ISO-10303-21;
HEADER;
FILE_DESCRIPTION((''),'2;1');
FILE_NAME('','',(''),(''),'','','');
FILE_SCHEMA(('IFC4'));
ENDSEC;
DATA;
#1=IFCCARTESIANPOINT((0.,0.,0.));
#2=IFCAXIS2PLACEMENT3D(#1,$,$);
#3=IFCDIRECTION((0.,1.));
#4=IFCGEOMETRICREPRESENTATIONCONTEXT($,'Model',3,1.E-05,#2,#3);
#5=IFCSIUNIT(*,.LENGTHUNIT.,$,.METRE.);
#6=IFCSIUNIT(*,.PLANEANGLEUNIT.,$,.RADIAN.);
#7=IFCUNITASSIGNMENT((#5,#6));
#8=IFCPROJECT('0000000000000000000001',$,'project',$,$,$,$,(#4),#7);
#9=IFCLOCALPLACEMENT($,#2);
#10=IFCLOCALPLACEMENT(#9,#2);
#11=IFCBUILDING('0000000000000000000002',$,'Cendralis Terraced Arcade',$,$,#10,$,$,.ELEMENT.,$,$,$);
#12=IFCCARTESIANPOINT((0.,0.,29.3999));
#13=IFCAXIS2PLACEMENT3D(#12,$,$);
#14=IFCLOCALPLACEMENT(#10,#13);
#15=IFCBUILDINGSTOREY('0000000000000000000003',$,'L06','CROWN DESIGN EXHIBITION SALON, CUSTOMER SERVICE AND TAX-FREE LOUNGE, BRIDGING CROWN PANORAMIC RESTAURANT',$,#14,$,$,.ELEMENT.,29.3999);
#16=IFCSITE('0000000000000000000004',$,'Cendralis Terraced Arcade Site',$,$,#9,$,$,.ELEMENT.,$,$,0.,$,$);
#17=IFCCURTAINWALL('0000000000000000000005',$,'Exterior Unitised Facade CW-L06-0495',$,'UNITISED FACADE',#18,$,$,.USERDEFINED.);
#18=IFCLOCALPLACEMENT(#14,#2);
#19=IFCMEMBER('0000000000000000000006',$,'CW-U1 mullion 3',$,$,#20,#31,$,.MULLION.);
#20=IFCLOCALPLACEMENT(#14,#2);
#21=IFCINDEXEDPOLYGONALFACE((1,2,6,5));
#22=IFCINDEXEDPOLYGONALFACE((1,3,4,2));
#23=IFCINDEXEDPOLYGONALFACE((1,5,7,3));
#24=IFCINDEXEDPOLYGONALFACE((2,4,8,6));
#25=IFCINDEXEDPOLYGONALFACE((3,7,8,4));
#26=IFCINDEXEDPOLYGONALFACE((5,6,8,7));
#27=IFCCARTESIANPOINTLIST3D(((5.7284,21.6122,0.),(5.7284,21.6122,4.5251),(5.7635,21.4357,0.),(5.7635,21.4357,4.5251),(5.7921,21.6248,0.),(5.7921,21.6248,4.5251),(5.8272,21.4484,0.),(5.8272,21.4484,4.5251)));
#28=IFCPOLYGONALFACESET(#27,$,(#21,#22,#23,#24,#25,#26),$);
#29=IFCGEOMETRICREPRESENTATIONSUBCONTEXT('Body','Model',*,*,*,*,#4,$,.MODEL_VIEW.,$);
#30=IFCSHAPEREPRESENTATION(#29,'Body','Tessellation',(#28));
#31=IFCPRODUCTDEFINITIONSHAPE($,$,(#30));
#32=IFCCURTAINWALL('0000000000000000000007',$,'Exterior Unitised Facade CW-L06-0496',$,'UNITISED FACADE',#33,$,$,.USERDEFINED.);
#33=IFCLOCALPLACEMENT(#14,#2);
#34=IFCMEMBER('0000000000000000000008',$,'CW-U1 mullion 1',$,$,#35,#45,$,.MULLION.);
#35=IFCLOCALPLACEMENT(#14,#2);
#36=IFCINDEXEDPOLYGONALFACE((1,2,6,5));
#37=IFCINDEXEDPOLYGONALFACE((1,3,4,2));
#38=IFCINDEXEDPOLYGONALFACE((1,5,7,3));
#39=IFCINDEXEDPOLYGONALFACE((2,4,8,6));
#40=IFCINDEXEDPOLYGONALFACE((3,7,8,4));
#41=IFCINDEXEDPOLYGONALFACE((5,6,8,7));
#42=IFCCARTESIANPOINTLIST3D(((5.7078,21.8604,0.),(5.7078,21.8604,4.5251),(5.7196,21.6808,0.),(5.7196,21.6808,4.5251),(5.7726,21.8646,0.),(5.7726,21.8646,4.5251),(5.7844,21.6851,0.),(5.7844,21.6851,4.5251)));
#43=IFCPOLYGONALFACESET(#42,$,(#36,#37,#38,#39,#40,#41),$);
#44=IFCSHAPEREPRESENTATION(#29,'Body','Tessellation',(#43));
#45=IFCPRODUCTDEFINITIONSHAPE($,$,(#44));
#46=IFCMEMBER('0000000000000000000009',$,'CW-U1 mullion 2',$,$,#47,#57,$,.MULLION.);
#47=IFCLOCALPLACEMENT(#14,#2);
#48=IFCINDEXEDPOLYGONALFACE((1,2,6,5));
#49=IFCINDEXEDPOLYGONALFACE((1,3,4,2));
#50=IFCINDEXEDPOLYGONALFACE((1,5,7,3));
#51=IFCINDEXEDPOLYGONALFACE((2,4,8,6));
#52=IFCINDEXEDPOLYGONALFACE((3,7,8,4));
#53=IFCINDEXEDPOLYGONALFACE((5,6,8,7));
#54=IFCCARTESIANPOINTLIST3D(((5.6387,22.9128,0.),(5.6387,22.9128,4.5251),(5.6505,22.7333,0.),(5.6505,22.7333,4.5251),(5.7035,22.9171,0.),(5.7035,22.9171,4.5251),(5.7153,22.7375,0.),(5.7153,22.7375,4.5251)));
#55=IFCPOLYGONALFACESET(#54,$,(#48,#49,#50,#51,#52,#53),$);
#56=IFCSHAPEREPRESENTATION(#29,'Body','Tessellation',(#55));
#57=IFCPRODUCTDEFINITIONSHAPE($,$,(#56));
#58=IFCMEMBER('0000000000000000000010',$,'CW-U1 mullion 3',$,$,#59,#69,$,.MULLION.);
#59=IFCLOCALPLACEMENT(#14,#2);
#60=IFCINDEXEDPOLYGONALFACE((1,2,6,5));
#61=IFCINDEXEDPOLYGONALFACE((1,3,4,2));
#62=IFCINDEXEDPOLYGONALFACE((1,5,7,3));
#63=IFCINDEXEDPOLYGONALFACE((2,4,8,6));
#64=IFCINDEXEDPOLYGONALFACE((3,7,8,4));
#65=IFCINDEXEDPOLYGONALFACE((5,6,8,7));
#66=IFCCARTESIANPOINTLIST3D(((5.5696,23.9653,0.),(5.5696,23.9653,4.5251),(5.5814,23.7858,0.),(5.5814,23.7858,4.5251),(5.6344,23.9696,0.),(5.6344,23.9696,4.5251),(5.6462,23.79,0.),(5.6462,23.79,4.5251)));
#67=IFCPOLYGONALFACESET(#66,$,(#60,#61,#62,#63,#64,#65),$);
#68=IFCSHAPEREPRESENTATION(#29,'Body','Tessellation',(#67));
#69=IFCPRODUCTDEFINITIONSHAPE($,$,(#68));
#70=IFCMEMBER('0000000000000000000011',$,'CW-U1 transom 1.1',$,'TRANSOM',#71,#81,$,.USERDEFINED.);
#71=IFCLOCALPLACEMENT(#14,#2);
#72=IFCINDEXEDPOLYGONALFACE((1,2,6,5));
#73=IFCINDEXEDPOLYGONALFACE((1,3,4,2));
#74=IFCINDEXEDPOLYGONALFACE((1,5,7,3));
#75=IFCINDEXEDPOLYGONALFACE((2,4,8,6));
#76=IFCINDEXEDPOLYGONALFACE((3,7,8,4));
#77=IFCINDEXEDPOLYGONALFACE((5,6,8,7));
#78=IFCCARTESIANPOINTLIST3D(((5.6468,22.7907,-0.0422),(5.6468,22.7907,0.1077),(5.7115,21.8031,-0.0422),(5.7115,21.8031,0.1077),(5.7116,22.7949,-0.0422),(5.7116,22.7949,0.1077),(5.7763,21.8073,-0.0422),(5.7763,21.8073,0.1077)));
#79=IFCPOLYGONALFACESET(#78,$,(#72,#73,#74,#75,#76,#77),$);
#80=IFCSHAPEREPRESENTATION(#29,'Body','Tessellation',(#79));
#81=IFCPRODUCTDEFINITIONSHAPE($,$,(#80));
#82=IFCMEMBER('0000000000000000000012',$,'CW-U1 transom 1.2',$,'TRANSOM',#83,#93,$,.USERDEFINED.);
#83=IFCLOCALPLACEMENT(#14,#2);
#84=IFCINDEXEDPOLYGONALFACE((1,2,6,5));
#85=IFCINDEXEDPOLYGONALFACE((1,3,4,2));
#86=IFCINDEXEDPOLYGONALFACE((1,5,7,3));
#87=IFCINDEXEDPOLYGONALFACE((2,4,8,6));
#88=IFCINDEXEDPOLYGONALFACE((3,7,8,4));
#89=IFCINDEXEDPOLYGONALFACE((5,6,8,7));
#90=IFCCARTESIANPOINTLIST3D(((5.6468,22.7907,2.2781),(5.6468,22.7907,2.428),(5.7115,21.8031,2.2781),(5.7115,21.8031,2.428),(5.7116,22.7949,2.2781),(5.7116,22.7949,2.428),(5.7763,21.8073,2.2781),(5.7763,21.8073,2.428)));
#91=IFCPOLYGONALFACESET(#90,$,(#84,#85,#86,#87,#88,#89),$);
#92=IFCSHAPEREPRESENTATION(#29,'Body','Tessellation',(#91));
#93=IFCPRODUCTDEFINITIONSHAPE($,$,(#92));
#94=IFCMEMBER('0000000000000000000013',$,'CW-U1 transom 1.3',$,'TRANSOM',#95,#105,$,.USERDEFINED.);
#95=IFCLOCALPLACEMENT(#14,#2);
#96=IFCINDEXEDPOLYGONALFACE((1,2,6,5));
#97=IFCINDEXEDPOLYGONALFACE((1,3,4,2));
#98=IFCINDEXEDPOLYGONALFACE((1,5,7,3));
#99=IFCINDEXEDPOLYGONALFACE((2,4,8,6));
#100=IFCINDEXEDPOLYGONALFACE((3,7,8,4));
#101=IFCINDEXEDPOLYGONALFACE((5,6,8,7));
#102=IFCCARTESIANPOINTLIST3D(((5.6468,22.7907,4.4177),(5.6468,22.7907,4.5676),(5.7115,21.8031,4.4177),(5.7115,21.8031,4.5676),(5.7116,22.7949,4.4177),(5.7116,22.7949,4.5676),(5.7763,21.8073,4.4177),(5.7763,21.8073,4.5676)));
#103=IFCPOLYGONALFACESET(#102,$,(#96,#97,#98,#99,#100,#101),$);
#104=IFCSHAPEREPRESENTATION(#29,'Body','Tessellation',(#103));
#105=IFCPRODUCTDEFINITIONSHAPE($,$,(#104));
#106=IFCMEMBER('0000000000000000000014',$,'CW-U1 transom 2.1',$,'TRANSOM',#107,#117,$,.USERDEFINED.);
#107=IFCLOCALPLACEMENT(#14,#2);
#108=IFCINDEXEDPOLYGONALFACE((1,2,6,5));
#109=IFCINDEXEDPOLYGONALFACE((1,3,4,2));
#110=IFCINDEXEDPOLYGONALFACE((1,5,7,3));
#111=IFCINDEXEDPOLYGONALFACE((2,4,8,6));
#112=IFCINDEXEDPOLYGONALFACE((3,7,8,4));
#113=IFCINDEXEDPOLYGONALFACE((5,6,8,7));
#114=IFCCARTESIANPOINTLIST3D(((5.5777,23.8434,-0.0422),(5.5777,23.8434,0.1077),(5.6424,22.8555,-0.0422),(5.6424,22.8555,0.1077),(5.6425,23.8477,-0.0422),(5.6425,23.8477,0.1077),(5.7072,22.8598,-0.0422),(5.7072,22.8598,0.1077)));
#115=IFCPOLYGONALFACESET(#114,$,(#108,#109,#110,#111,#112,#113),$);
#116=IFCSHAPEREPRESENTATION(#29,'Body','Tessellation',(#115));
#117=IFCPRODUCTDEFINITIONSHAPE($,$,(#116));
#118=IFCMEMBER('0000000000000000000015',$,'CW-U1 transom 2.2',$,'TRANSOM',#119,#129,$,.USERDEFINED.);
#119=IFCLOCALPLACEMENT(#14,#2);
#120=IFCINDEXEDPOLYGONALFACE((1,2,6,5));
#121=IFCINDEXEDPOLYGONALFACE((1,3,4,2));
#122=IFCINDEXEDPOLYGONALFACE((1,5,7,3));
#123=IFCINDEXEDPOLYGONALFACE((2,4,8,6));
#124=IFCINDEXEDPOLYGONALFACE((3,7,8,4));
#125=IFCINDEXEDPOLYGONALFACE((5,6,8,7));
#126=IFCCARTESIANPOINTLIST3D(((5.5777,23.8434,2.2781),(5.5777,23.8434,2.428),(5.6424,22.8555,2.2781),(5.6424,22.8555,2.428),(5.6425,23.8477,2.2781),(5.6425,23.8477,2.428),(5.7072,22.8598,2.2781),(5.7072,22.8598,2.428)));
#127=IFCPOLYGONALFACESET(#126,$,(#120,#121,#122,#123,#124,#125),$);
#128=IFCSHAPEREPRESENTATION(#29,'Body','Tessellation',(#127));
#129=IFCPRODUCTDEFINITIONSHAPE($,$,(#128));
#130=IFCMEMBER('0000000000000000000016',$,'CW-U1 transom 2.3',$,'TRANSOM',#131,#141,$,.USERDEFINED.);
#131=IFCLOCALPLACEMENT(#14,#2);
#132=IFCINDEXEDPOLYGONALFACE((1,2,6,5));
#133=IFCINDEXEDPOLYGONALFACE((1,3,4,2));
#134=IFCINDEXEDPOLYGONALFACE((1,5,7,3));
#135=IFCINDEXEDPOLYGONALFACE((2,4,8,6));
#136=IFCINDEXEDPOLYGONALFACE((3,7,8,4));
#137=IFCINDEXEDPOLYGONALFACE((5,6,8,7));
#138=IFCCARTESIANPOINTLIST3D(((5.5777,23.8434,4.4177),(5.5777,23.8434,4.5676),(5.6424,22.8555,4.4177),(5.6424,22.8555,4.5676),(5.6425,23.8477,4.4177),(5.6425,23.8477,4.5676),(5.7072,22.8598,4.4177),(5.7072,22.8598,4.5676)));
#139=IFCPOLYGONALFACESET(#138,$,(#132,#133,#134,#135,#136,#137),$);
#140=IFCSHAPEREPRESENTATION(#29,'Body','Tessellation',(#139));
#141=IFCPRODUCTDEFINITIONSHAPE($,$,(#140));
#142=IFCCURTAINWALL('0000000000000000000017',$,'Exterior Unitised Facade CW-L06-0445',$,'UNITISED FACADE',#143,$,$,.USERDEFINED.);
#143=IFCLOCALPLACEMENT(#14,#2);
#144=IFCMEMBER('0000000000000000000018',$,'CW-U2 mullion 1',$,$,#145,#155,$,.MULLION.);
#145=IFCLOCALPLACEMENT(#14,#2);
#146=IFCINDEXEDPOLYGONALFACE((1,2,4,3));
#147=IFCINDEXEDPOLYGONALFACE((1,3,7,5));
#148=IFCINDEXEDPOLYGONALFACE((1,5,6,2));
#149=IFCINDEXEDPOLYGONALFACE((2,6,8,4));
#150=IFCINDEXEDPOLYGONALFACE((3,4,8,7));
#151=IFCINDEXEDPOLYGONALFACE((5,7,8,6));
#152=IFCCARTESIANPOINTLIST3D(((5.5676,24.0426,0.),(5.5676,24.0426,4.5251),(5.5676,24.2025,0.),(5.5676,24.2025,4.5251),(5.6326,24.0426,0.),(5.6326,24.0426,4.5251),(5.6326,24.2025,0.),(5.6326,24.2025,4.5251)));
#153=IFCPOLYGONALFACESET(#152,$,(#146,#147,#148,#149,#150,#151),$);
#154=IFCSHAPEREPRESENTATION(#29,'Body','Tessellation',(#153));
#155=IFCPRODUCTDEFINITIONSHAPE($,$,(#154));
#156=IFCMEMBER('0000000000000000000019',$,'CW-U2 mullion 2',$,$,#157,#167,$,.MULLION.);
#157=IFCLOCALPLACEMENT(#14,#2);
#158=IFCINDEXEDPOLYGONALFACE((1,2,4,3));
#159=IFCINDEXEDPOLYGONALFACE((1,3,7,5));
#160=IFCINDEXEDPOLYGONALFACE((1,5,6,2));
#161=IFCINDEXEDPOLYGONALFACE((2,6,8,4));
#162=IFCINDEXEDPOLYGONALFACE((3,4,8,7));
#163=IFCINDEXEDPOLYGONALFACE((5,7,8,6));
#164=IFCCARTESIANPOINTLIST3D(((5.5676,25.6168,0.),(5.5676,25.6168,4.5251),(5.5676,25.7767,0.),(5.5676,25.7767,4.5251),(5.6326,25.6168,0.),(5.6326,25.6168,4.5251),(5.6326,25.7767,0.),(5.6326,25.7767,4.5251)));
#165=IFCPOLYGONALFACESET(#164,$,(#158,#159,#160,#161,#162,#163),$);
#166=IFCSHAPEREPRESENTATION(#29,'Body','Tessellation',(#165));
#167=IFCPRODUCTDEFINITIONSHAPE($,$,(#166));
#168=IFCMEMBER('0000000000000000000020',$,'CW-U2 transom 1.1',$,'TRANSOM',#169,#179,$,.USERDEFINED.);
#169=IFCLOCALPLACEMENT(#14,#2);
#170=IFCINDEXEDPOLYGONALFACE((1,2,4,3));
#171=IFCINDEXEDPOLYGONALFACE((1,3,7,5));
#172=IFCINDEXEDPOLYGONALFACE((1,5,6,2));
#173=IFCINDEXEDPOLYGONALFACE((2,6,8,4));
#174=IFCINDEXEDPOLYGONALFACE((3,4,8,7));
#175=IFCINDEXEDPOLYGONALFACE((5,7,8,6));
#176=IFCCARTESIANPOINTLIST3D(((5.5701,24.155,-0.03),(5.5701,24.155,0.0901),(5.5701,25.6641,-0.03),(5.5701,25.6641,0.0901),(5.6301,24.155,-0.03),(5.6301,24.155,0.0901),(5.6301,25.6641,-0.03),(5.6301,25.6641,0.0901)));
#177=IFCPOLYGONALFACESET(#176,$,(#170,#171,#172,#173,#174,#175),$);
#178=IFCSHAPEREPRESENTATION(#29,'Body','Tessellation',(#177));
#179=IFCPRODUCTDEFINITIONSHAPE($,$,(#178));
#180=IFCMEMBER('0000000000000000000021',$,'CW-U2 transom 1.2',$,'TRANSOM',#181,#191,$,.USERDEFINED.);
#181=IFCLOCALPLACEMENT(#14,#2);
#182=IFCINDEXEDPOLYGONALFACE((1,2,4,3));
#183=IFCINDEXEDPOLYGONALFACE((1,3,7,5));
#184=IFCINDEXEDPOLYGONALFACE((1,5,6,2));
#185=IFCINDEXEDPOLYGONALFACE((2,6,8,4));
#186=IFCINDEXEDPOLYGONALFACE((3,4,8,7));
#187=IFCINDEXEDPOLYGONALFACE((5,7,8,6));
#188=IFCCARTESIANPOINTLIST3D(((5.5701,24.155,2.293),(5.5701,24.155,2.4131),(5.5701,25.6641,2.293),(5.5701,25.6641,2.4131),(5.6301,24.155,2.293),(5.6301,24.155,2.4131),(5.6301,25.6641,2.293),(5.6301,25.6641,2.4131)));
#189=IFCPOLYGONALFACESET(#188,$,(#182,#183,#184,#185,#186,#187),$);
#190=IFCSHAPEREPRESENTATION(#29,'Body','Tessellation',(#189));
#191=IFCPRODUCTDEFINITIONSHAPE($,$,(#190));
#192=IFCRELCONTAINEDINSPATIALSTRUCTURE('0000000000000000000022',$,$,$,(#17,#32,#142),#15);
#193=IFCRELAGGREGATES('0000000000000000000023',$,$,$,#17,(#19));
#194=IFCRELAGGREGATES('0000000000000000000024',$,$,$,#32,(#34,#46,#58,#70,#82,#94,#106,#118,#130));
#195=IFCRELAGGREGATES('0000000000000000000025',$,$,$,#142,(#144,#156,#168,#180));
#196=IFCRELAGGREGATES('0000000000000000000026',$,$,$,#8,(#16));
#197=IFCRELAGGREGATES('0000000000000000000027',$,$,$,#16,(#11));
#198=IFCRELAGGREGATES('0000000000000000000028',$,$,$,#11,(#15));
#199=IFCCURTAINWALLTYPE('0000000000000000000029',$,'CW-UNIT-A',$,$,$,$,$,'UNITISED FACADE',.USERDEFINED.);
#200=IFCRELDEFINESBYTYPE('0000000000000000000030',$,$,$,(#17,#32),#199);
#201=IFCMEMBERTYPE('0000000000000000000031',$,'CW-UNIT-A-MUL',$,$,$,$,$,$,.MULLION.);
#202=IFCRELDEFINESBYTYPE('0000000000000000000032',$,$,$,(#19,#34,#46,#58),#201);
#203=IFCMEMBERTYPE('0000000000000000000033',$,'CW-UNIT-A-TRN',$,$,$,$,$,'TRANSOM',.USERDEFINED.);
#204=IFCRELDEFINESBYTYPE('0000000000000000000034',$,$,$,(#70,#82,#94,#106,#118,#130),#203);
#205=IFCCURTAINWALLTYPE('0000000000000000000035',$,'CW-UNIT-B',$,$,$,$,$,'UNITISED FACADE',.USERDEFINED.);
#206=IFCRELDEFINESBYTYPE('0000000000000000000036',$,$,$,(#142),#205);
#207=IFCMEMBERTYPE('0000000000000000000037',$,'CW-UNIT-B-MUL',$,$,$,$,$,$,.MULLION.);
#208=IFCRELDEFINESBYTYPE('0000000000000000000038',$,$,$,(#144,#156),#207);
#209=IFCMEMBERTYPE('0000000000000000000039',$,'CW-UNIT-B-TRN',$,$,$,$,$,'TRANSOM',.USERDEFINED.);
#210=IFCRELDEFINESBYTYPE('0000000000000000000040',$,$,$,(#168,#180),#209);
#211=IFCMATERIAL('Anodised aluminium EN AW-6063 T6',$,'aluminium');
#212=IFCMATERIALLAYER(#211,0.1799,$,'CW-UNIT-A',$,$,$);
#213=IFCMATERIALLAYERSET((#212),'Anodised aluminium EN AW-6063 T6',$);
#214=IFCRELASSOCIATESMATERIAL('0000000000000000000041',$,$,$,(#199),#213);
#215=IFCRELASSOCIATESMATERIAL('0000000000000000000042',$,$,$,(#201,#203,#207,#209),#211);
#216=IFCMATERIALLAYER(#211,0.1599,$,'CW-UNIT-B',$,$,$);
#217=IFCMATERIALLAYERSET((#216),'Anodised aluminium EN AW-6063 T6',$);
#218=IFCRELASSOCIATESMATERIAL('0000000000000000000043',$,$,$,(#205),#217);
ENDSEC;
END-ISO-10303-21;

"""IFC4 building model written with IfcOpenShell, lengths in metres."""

from ifc_helpers import new_model, si_unit, direction, frame, origin, origin_2d, place, context, subcontext, project, spatial, rectangle, extrude, material, layer, layer_set, material_profile, profile_set, type_object, element, aggregate, save


model = new_model("IFC4")

# Units and contexts
model_context = context("Model", 3, precision=1e-05, world=origin(), true_north=direction((0.0, 1.0)))
body_context = subcontext(model_context, "Body", "Model", "MODEL_VIEW")
ifc_project = project(units=[si_unit("LENGTHUNIT", "METRE"), si_unit("PLANEANGLEUNIT", "RADIAN")], contexts=[model_context])

# Site, building, storey
site_placement = place(None, origin())
site = spatial("IfcSite", under=ifc_project, at=site_placement, Name="Cendralis Terraced Arcade Site", CompositionType="ELEMENT", RefElevation=0.0)
building_placement = place(site_placement, origin())
building = spatial("IfcBuilding", under=site, at=building_placement, Name="Cendralis Terraced Arcade", CompositionType="ELEMENT")
storey_placement = place(building_placement, frame((0.0, 0.0, 29.3999)))
storey = spatial("IfcBuildingStorey", under=building, at=storey_placement, Name="L06", Description="CROWN DESIGN EXHIBITION SALON, CUSTOMER SERVICE AND TAX-FREE LOUNGE, BRIDGING CROWN PANORAMIC RESTAURANT", CompositionType="ELEMENT", Elevation=29.3999)

# Curtain wall, member
ifc_material_1 = material(Name="Anodised aluminium EN AW-6063 T6", Category="aluminium")
ifc_layer_1 = layer(ifc_material_1, 0.1799, Name="CW-UNIT-A")
ifc_layer_set_1 = layer_set([ifc_layer_1], Name="Anodised aluminium EN AW-6063 T6")
curtain_wall_type_1 = type_object("IfcCurtainWallType", Name="CW-UNIT-A", ElementType="UNITISED FACADE", PredefinedType="USERDEFINED", material=ifc_layer_set_1)
curtain_wall_1_placement = place(storey_placement, origin())
curtain_wall_1 = element("IfcCurtainWall", 1, at=curtain_wall_1_placement, inside=storey, type_object=curtain_wall_type_1, Name="Exterior Unitised Facade CW-L06-0495", ObjectType="UNITISED FACADE", PredefinedType="USERDEFINED")
ifc_material_profile_1 = material_profile(ifc_material_1, rectangle(XDim=0.0649, YDim=0.1799, at=origin_2d()), Name="ALU-MUL-65x180")
ifc_profile_set_1 = profile_set([ifc_material_profile_1], Name="Anodised aluminium EN AW-6063 T6")
member_type_1 = type_object("IfcMemberType", Name="CW-UNIT-A-MUL", PredefinedType="MULLION", material=ifc_profile_set_1)
member_1_placement = place(storey_placement, frame((5.7778, 21.5303, 0.0), z_axis=(0.0, 0.0, 1.0), x_axis=(-0.980794, -0.195046, 0.0)))
member_1 = element("IfcMember", 2, at=member_1_placement, type_object=member_type_1, Name="CW-U1 mullion 3", PredefinedType="MULLION", context=body_context, shape_type="SweptSolid", body=[
    extrude(rectangle(XDim=0.0649, YDim=0.1799, at=origin_2d()), origin(), (0.0, 0.0, 1.0), 4.5251),
])

# Curtain walls, members
curtain_wall_2_placement = place(storey_placement, origin())
curtain_wall_2 = element("IfcCurtainWall", 3, at=curtain_wall_2_placement, inside=storey, type_object=curtain_wall_type_1, Name="Exterior Unitised Facade CW-L06-0496", ObjectType="UNITISED FACADE", PredefinedType="USERDEFINED")
member_2_placement = place(storey_placement, frame((5.7461, 21.7727, 0.0), z_axis=(0.0, 0.0, 1.0), x_axis=(-0.99786, -0.065393, 0.0)))
member_2 = element("IfcMember", 4, at=member_2_placement, type_object=member_type_1, Name="CW-U1 mullion 1", PredefinedType="MULLION", context=body_context, shape_type="SweptSolid", body=[
    extrude(rectangle(XDim=0.0649, YDim=0.1799, at=origin_2d()), origin(), (0.0, 0.0, 1.0), 4.5251),
])
member_3_placement = place(storey_placement, frame((5.677, 22.8252, 0.0), z_axis=(0.0, 0.0, 1.0), x_axis=(-0.99786, -0.065393, 0.0)))
member_3 = element("IfcMember", 5, at=member_3_placement, type_object=member_type_1, Name="CW-U1 mullion 2", PredefinedType="MULLION", context=body_context, shape_type="SweptSolid", body=[
    extrude(rectangle(XDim=0.0649, YDim=0.1799, at=origin_2d()), origin(), (0.0, 0.0, 1.0), 4.5251),
])
member_4_placement = place(storey_placement, frame((5.6079, 23.8777, 0.0), z_axis=(0.0, 0.0, 1.0), x_axis=(-0.99786, -0.065393, 0.0)))
member_4 = element("IfcMember", 6, at=member_4_placement, type_object=member_type_1, Name="CW-U1 mullion 3", PredefinedType="MULLION", context=body_context, shape_type="SweptSolid", body=[
    extrude(rectangle(XDim=0.0649, YDim=0.1799, at=origin_2d()), origin(), (0.0, 0.0, 1.0), 4.5251),
])
ifc_material_profile_2 = material_profile(ifc_material_1, rectangle(XDim=0.0649, YDim=0.1499, at=origin_2d()), Name="ALU-TRN-65x150")
ifc_profile_set_2 = profile_set([ifc_material_profile_2], Name="Anodised aluminium EN AW-6063 T6")
member_type_2 = type_object("IfcMemberType", Name="CW-UNIT-A-TRN", ElementType="TRANSOM", PredefinedType="USERDEFINED", material=ifc_profile_set_2)
member_5_placement = place(storey_placement, frame((5.7439, 21.8052, 0.0327), z_axis=(-0.065373, 0.997861, 0.0), x_axis=(-0.997861, -0.065373, 0.0)))
member_5 = element("IfcMember", 7, at=member_5_placement, type_object=member_type_2, Name="CW-U1 transom 1.1", ObjectType="TRANSOM", PredefinedType="USERDEFINED", context=body_context, shape_type="SweptSolid", body=[
    extrude(rectangle(XDim=0.0649, YDim=0.1499, at=origin_2d()), origin(), (0.0, 0.0, 1.0), 0.9897),
])
member_6_placement = place(storey_placement, frame((5.7439, 21.8052, 2.353), z_axis=(-0.065373, 0.997861, 0.0), x_axis=(-0.997861, -0.065373, 0.0)))
member_6 = element("IfcMember", 8, at=member_6_placement, type_object=member_type_2, Name="CW-U1 transom 1.2", ObjectType="TRANSOM", PredefinedType="USERDEFINED", context=body_context, shape_type="SweptSolid", body=[
    extrude(rectangle(XDim=0.0649, YDim=0.1499, at=origin_2d()), origin(), (0.0, 0.0, 1.0), 0.9897),
])
member_7_placement = place(storey_placement, frame((5.7439, 21.8052, 4.4927), z_axis=(-0.065373, 0.997861, 0.0), x_axis=(-0.997861, -0.065373, 0.0)))
member_7 = element("IfcMember", 9, at=member_7_placement, type_object=member_type_2, Name="CW-U1 transom 1.3", ObjectType="TRANSOM", PredefinedType="USERDEFINED", context=body_context, shape_type="SweptSolid", body=[
    extrude(rectangle(XDim=0.0649, YDim=0.1499, at=origin_2d()), origin(), (0.0, 0.0, 1.0), 0.9897),
])
member_8_placement = place(storey_placement, frame((5.6748, 22.8577, 0.0327), z_axis=(-0.065357, 0.997862, 0.0), x_axis=(-0.997862, -0.065357, 0.0)))
member_8 = element("IfcMember", 10, at=member_8_placement, type_object=member_type_2, Name="CW-U1 transom 2.1", ObjectType="TRANSOM", PredefinedType="USERDEFINED", context=body_context, shape_type="SweptSolid", body=[
    extrude(rectangle(XDim=0.0649, YDim=0.1499, at=origin_2d()), origin(), (0.0, 0.0, 1.0), 0.99),
])
member_9_placement = place(storey_placement, frame((5.6748, 22.8577, 2.353), z_axis=(-0.065357, 0.997862, 0.0), x_axis=(-0.997862, -0.065357, 0.0)))
member_9 = element("IfcMember", 11, at=member_9_placement, type_object=member_type_2, Name="CW-U1 transom 2.2", ObjectType="TRANSOM", PredefinedType="USERDEFINED", context=body_context, shape_type="SweptSolid", body=[
    extrude(rectangle(XDim=0.0649, YDim=0.1499, at=origin_2d()), origin(), (0.0, 0.0, 1.0), 0.99),
])
member_10_placement = place(storey_placement, frame((5.6748, 22.8577, 4.4927), z_axis=(-0.065357, 0.997862, 0.0), x_axis=(-0.997862, -0.065357, 0.0)))
member_10 = element("IfcMember", 12, at=member_10_placement, type_object=member_type_2, Name="CW-U1 transom 2.3", ObjectType="TRANSOM", PredefinedType="USERDEFINED", context=body_context, shape_type="SweptSolid", body=[
    extrude(rectangle(XDim=0.0649, YDim=0.1499, at=origin_2d()), origin(), (0.0, 0.0, 1.0), 0.99),
])
ifc_layer_2 = layer(ifc_material_1, 0.1599, Name="CW-UNIT-B")
ifc_layer_set_2 = layer_set([ifc_layer_2], Name="Anodised aluminium EN AW-6063 T6")
curtain_wall_type_2 = type_object("IfcCurtainWallType", Name="CW-UNIT-B", ElementType="UNITISED FACADE", PredefinedType="USERDEFINED", material=ifc_layer_set_2)
curtain_wall_3_placement = place(storey_placement, origin())
curtain_wall_3 = element("IfcCurtainWall", 13, at=curtain_wall_3_placement, inside=storey, type_object=curtain_wall_type_2, Name="Exterior Unitised Facade CW-L06-0445", ObjectType="UNITISED FACADE", PredefinedType="USERDEFINED")
ifc_material_profile_3 = material_profile(ifc_material_1, rectangle(XDim=0.0649, YDim=0.1599, at=origin_2d()), Name="ALU-MUL-65x160")
ifc_profile_set_3 = profile_set([ifc_material_profile_3], Name="Anodised aluminium EN AW-6063 T6")
member_type_3 = type_object("IfcMemberType", Name="CW-UNIT-B-MUL", PredefinedType="MULLION", material=ifc_profile_set_3)
member_11_placement = place(storey_placement, frame((5.6001, 24.1226, 0.0), z_axis=(0.0, 0.0, 1.0), x_axis=(-1.0, 0.0, 0.0)))
member_11 = element("IfcMember", 14, at=member_11_placement, type_object=member_type_3, Name="CW-U2 mullion 1", PredefinedType="MULLION", context=body_context, shape_type="SweptSolid", body=[
    extrude(rectangle(XDim=0.0649, YDim=0.1599, at=origin_2d()), origin(), (0.0, 0.0, 1.0), 4.5251),
])
member_12_placement = place(storey_placement, frame((5.6001, 25.6968, 0.0), z_axis=(0.0, 0.0, 1.0), x_axis=(-1.0, 0.0, 0.0)))
member_12 = element("IfcMember", 15, at=member_12_placement, type_object=member_type_3, Name="CW-U2 mullion 2", PredefinedType="MULLION", context=body_context, shape_type="SweptSolid", body=[
    extrude(rectangle(XDim=0.0649, YDim=0.1599, at=origin_2d()), origin(), (0.0, 0.0, 1.0), 4.5251),
])
ifc_material_profile_4 = material_profile(ifc_material_1, rectangle(XDim=0.0601, YDim=0.1201, at=origin_2d()), Name="ALU-TRN-60x120")
ifc_profile_set_4 = profile_set([ifc_material_profile_4], Name="Anodised aluminium EN AW-6063 T6")
member_type_4 = type_object("IfcMemberType", Name="CW-UNIT-B-TRN", ElementType="TRANSOM", PredefinedType="USERDEFINED", material=ifc_profile_set_4)
member_13_placement = place(storey_placement, frame((5.6001, 24.155, 0.03), z_axis=(0.0, 1.0, 0.0), x_axis=(-1.0, 0.0, 0.0)))
member_13 = element("IfcMember", 16, at=member_13_placement, type_object=member_type_4, Name="CW-U2 transom 1.1", ObjectType="TRANSOM", PredefinedType="USERDEFINED", context=body_context, shape_type="SweptSolid", body=[
    extrude(rectangle(XDim=0.0601, YDim=0.1201, at=origin_2d()), origin(), (0.0, 0.0, 1.0), 1.509),
])
member_14_placement = place(storey_placement, frame((5.6001, 24.155, 2.353), z_axis=(0.0, 1.0, 0.0), x_axis=(-1.0, 0.0, 0.0)))
member_14 = element("IfcMember", 17, at=member_14_placement, type_object=member_type_4, Name="CW-U2 transom 1.2", ObjectType="TRANSOM", PredefinedType="USERDEFINED", context=body_context, shape_type="SweptSolid", body=[
    extrude(rectangle(XDim=0.0601, YDim=0.1201, at=origin_2d()), origin(), (0.0, 0.0, 1.0), 1.509),
])

aggregate(curtain_wall_1, [member_1])
aggregate(curtain_wall_2, [member_2, member_3, member_4, member_5, member_6, member_7, member_8, member_9, member_10])
aggregate(curtain_wall_3, [member_11, member_12, member_13, member_14])

save(model, "model.ifc")
